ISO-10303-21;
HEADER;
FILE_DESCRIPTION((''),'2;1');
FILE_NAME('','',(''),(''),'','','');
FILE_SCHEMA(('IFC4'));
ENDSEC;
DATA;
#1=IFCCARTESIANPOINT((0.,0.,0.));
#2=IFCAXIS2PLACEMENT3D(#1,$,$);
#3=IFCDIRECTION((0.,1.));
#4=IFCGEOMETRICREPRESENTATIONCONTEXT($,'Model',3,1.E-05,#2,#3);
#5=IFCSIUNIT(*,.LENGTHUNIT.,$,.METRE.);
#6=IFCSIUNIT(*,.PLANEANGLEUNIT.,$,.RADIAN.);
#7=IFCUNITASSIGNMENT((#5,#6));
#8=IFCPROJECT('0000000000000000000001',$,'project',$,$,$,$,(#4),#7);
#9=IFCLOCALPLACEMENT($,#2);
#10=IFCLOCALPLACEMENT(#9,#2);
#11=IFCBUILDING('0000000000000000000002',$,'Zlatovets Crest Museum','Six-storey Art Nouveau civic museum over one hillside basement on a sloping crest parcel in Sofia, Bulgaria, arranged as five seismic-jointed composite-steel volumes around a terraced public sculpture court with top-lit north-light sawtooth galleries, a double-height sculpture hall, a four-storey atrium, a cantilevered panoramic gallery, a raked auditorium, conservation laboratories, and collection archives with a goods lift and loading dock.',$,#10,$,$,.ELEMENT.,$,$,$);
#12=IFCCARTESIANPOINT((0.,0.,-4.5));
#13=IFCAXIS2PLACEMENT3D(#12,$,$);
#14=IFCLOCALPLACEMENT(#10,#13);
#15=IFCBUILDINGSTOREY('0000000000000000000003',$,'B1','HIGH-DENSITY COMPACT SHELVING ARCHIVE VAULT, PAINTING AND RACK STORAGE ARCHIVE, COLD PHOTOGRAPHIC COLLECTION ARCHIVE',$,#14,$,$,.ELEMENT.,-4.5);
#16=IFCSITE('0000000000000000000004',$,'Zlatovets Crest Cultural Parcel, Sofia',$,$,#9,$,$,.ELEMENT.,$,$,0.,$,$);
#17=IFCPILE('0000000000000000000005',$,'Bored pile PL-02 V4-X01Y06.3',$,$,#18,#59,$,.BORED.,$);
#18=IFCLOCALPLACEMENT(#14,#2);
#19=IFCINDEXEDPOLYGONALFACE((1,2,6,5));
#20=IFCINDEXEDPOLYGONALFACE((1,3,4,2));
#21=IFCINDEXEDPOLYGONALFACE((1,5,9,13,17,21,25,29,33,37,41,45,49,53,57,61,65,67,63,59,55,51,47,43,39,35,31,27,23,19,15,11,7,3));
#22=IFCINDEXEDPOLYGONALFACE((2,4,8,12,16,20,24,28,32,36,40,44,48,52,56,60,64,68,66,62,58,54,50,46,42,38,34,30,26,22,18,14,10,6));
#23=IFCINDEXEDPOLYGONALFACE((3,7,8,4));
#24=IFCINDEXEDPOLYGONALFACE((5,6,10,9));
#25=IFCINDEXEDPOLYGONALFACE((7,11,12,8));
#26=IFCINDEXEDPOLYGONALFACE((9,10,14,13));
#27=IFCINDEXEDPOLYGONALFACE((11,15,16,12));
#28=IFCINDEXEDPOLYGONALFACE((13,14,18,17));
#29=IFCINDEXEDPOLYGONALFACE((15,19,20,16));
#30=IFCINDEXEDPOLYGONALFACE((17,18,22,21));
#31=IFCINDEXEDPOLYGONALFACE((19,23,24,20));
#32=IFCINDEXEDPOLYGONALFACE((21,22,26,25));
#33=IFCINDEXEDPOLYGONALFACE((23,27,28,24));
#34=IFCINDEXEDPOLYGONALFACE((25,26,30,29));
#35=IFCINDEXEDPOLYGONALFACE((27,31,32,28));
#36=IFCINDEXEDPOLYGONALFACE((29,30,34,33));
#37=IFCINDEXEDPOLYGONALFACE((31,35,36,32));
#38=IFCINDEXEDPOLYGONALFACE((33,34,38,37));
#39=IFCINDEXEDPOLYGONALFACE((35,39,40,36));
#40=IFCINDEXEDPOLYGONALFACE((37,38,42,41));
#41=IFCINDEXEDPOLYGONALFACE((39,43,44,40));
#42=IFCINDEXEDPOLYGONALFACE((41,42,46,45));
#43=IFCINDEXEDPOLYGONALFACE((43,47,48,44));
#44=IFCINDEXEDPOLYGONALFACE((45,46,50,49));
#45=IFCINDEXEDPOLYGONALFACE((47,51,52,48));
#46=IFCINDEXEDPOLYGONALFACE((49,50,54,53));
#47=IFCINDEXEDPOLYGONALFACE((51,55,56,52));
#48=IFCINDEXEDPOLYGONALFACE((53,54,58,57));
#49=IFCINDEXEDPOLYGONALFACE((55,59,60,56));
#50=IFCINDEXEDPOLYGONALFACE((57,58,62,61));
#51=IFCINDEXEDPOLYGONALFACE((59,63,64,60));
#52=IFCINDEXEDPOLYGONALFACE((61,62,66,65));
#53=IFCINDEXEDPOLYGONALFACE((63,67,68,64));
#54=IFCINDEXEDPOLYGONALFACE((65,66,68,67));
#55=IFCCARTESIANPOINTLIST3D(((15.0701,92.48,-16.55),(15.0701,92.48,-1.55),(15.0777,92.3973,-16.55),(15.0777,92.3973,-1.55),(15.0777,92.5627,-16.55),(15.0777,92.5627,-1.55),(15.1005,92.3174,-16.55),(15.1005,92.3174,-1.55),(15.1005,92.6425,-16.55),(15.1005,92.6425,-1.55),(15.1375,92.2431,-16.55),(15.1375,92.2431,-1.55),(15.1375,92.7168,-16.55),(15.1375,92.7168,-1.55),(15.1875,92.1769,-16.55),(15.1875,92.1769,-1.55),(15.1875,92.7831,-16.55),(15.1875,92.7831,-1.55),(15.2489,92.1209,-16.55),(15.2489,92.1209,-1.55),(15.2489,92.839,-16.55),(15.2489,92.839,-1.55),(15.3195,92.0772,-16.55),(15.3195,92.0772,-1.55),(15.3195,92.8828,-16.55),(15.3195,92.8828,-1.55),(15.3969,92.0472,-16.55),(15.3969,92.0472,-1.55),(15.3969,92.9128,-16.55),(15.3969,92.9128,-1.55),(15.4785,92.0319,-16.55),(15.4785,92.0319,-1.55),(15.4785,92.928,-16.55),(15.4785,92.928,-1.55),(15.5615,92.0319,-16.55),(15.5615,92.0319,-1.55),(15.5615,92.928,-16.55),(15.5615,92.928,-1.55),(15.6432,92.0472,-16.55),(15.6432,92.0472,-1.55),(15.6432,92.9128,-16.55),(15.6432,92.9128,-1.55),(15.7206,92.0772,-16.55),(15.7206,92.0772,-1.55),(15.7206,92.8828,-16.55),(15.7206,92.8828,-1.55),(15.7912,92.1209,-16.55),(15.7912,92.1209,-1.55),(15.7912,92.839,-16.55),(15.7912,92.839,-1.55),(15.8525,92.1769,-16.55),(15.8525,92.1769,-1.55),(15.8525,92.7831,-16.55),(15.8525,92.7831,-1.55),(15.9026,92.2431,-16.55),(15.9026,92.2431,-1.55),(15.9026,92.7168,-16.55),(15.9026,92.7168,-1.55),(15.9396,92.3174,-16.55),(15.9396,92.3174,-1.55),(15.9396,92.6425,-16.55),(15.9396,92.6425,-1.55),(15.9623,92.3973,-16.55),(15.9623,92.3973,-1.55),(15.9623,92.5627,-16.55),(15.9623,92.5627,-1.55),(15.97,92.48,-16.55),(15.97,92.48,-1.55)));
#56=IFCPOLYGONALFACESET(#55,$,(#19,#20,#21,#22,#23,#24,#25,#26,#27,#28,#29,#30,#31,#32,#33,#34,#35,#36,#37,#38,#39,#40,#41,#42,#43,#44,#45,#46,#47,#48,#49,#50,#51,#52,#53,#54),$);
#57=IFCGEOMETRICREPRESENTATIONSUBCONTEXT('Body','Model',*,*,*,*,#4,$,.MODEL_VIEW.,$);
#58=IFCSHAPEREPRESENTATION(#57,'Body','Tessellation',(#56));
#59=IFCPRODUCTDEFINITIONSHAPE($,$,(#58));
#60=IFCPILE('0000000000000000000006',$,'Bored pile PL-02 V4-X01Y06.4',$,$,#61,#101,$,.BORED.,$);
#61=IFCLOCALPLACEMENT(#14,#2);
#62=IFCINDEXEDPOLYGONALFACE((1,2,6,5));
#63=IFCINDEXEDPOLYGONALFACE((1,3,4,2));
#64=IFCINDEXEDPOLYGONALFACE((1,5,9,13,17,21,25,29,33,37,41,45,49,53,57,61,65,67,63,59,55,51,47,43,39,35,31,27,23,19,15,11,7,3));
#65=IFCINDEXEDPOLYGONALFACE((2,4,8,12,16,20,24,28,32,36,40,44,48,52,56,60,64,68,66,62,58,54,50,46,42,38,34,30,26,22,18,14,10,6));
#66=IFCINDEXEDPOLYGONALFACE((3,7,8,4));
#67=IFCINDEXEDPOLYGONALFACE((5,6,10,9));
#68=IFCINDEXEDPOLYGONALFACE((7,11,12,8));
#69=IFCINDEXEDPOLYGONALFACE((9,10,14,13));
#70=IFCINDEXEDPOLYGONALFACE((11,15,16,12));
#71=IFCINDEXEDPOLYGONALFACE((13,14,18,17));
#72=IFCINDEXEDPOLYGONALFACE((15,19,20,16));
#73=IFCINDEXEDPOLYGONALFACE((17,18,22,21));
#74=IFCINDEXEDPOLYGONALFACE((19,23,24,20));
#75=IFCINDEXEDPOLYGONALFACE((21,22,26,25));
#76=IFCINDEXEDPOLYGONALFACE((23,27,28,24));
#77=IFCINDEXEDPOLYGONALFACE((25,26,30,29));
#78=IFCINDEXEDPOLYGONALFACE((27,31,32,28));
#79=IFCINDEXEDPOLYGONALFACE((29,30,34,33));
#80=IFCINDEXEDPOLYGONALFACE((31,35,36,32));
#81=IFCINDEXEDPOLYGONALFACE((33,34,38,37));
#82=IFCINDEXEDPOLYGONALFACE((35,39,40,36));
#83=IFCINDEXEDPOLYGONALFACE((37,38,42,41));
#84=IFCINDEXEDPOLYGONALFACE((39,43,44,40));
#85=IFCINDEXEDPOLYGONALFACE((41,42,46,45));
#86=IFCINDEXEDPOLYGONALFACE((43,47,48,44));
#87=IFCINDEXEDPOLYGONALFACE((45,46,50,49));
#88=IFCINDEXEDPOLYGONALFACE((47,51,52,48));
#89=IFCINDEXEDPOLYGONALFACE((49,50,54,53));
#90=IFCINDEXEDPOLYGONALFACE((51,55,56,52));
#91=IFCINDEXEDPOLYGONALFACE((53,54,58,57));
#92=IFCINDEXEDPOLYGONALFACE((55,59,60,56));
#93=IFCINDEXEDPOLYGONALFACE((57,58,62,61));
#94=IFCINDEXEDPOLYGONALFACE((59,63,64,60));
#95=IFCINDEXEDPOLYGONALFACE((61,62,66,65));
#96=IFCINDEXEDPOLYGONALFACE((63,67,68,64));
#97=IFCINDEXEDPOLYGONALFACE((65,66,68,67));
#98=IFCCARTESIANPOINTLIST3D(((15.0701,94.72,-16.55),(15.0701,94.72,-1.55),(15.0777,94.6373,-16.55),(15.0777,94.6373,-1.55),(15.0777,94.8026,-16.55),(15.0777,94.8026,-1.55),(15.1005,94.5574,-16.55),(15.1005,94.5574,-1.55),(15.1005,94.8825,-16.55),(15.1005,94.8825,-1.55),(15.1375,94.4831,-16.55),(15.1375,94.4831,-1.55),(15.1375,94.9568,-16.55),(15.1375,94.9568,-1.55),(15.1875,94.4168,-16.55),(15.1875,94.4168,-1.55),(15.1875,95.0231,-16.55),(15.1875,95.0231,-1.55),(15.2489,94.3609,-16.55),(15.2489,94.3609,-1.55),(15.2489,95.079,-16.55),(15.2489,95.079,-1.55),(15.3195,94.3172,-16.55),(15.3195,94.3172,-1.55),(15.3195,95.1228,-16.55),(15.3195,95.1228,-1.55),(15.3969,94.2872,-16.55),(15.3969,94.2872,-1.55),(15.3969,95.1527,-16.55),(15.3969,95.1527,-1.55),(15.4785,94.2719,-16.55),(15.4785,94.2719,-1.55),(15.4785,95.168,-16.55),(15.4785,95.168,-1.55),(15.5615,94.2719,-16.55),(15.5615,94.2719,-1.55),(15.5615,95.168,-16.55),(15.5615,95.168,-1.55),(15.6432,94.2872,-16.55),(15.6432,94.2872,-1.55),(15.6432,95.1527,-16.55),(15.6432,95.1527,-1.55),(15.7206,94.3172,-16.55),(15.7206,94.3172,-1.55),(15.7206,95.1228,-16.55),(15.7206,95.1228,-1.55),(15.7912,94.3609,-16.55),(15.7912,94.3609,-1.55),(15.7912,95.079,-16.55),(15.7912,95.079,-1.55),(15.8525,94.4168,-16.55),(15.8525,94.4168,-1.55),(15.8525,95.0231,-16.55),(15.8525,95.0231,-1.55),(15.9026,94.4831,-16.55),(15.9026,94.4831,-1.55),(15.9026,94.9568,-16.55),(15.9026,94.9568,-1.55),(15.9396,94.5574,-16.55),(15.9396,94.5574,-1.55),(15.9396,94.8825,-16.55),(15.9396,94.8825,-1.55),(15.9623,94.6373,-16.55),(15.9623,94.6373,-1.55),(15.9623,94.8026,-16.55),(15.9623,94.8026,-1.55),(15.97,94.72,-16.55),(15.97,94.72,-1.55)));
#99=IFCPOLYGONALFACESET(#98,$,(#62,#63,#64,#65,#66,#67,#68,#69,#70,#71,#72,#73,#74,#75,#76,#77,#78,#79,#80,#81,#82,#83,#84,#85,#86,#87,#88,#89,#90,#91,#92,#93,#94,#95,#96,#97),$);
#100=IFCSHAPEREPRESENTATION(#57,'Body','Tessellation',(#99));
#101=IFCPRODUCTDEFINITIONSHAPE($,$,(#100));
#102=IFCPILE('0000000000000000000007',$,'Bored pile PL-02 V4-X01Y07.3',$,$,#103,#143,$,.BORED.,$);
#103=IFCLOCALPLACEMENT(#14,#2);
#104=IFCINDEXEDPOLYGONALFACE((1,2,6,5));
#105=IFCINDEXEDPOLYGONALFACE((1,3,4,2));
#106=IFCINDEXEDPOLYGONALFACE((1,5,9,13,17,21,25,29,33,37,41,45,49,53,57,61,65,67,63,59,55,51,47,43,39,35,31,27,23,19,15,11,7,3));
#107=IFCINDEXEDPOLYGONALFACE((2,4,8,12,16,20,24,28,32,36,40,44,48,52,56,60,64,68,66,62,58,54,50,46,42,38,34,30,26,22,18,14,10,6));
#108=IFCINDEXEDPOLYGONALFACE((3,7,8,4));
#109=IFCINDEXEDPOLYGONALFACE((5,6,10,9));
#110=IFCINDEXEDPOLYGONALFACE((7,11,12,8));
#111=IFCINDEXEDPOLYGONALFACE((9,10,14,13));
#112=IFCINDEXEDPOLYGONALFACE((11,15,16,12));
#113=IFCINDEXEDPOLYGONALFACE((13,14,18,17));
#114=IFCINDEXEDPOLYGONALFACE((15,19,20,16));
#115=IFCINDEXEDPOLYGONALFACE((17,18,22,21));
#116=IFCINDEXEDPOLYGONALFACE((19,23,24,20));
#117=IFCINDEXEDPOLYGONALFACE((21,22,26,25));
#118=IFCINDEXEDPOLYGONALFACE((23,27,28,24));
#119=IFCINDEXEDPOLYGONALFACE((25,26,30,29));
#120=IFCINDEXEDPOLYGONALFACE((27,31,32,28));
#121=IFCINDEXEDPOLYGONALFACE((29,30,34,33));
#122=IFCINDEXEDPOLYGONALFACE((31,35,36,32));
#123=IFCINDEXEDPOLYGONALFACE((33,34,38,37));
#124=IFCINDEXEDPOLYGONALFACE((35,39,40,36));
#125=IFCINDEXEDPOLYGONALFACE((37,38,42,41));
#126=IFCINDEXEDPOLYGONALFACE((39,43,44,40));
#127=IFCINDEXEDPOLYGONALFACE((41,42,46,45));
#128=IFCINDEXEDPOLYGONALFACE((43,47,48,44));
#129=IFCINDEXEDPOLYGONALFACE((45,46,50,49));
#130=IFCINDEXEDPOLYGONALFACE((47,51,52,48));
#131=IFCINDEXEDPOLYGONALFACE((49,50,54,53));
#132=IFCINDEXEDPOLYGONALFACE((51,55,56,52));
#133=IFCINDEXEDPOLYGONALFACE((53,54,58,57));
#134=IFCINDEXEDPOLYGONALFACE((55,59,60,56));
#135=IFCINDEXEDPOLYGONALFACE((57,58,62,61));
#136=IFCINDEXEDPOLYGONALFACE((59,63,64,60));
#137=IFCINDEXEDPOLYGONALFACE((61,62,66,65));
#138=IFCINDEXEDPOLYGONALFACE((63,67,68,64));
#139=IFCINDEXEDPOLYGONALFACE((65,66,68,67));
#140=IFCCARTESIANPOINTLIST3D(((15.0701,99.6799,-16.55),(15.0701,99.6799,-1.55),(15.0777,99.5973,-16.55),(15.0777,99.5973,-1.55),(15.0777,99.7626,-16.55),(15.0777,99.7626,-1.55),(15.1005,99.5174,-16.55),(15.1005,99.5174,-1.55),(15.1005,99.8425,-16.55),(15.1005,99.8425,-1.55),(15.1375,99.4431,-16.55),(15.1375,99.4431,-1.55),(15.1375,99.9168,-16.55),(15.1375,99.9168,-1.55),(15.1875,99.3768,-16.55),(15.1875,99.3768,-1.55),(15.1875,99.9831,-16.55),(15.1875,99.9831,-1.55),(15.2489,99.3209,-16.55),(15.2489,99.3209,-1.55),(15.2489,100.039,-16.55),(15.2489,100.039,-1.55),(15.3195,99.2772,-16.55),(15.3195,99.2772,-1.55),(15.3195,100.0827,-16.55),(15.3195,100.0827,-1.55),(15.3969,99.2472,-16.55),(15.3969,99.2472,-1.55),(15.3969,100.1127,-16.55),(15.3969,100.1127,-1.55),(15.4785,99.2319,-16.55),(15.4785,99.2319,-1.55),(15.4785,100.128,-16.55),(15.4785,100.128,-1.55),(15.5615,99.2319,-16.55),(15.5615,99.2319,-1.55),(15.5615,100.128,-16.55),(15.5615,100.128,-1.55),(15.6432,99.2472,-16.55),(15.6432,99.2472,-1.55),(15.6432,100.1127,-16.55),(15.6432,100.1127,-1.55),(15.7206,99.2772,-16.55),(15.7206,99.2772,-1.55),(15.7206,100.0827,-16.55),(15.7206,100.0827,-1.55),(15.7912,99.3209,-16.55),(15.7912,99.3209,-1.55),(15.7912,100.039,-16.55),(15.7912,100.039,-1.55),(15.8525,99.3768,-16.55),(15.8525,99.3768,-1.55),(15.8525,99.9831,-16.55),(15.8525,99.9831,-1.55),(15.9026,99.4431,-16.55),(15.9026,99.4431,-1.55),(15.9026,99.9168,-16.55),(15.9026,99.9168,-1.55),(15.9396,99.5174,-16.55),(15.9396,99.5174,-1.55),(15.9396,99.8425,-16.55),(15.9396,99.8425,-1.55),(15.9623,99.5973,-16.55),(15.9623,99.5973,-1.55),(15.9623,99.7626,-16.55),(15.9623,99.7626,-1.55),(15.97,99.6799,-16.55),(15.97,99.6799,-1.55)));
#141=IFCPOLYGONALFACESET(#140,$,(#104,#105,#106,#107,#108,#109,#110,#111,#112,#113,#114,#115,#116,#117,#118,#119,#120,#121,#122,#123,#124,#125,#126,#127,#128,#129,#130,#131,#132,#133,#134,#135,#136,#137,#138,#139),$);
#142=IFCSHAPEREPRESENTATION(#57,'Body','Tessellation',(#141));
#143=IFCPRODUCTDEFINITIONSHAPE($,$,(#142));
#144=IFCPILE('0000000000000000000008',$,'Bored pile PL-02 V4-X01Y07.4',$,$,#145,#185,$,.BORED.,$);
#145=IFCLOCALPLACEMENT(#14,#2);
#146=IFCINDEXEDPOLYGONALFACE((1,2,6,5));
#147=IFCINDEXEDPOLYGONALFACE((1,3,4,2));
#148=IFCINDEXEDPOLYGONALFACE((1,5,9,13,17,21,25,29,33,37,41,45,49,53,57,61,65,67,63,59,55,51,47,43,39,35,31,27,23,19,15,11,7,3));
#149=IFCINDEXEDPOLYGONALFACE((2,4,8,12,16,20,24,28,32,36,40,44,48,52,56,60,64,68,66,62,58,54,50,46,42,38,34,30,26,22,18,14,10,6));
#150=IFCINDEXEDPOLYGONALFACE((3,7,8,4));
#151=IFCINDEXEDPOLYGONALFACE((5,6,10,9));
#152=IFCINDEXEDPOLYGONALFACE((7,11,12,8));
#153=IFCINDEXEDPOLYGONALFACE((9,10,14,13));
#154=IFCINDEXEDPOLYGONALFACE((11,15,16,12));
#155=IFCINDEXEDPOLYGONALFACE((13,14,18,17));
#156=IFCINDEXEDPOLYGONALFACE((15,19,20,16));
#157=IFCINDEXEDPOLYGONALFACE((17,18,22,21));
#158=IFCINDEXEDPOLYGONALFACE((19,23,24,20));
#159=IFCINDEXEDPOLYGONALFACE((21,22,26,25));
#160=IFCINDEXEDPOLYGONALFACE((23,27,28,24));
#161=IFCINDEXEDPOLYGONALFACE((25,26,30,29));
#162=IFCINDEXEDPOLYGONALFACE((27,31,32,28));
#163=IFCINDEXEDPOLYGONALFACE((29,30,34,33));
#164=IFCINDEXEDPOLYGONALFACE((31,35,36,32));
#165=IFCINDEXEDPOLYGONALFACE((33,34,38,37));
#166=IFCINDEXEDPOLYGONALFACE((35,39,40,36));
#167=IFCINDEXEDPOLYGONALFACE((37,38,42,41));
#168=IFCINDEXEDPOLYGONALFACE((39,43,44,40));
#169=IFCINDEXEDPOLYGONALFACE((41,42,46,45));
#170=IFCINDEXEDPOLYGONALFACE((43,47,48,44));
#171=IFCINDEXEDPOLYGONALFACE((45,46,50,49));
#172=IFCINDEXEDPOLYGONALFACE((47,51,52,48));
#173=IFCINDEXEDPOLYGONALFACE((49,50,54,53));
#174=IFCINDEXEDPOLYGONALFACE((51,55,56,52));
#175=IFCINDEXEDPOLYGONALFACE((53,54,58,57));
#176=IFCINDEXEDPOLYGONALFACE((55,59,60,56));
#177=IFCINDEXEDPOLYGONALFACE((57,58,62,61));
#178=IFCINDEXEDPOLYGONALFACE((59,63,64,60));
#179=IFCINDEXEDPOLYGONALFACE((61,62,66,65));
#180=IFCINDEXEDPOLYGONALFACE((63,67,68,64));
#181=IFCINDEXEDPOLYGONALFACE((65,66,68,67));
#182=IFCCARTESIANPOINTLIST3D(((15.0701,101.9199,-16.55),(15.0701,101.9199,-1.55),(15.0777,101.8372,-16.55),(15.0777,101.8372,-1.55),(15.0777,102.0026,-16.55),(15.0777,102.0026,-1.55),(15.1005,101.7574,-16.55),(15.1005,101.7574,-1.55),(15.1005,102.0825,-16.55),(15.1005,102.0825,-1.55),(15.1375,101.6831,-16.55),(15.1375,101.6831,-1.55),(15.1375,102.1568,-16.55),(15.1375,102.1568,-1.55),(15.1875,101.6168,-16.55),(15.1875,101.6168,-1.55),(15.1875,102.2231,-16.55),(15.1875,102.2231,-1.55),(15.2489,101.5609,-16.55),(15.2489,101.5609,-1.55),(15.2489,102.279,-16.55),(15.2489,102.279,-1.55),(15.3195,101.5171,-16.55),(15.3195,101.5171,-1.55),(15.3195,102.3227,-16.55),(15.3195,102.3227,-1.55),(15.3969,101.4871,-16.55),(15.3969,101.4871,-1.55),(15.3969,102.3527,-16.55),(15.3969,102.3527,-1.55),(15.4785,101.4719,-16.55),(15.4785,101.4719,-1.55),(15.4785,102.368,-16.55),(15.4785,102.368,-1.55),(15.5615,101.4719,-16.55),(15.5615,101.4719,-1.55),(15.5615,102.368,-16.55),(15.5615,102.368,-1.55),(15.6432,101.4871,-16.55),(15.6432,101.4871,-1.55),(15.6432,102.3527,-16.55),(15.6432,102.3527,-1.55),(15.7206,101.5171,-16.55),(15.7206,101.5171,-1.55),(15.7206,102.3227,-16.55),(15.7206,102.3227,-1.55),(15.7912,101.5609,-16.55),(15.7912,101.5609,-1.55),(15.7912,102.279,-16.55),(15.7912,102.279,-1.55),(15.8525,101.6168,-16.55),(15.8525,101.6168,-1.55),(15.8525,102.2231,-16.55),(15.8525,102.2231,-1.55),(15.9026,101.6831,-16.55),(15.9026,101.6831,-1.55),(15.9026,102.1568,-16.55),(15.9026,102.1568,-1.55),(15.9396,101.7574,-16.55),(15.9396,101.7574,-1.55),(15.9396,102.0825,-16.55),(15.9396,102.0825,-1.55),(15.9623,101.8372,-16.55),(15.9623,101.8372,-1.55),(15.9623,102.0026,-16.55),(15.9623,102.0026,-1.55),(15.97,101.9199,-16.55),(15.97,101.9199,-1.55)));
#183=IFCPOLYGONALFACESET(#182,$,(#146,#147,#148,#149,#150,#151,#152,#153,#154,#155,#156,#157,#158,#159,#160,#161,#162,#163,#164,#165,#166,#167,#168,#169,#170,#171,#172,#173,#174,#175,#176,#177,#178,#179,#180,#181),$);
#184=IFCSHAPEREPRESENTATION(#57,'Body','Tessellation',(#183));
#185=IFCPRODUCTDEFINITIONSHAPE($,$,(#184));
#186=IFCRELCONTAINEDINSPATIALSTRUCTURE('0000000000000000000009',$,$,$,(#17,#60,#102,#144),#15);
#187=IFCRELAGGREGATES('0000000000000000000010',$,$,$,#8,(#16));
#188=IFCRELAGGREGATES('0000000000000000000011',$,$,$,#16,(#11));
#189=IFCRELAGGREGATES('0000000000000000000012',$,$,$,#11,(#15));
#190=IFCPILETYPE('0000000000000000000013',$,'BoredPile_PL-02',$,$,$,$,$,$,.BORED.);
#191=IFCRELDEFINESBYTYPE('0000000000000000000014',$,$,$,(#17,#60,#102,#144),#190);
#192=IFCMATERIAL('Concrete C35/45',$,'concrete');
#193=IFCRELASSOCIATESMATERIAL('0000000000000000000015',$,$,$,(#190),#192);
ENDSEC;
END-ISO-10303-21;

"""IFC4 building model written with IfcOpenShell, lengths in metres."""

from ifc_helpers import new_model, si_unit, direction, frame, origin, origin_2d, place, context, subcontext, project, spatial, circle, extrude, material, material_profile, profile_set, type_object, element, save


model = new_model("IFC4")

# Units and contexts
model_context = context("Model", 3, precision=1e-05, world=origin(), true_north=direction((0.0, 1.0)))
body_context = subcontext(model_context, "Body", "Model", "MODEL_VIEW")
ifc_project = project(units=[si_unit("LENGTHUNIT", "METRE"), si_unit("PLANEANGLEUNIT", "RADIAN")], contexts=[model_context])

# Site, building, storey
site_placement = place(None, origin())
site = spatial("IfcSite", under=ifc_project, at=site_placement, Name="Zlatovets Crest Cultural Parcel, Sofia", CompositionType="ELEMENT", RefElevation=0.0)
building_placement = place(site_placement, origin())
building = spatial("IfcBuilding", under=site, at=building_placement, Name="Zlatovets Crest Museum", Description="Six-storey Art Nouveau civic museum over one hillside basement on a sloping crest parcel in Sofia, Bulgaria, arranged as five seismic-jointed composite-steel volumes around a terraced public sculpture court with top-lit north-light sawtooth galleries, a double-height sculpture hall, a four-storey atrium, a cantilevered panoramic gallery, a raked auditorium, conservation laboratories, and collection archives with a goods lift and loading dock.", CompositionType="ELEMENT")
storey_placement = place(building_placement, frame((0.0, 0.0, -4.5)))
storey = spatial("IfcBuildingStorey", under=building, at=storey_placement, Name="B1", Description="HIGH-DENSITY COMPACT SHELVING ARCHIVE VAULT, PAINTING AND RACK STORAGE ARCHIVE, COLD PHOTOGRAPHIC COLLECTION ARCHIVE", CompositionType="ELEMENT", Elevation=-4.5)

# Piles
ifc_material = material(Name="Concrete C35/45", Category="concrete")
ifc_material_profile_1 = material_profile(ifc_material, circle(Radius=0.45, at=origin_2d()), Name="PILE D900")
ifc_profile_set_1 = profile_set([ifc_material_profile_1], Name="Concrete C35/45")
pile_type = type_object("IfcPileType", Name="BoredPile_PL-02", PredefinedType="BORED", material=ifc_profile_set_1)
for number, where, z_axis, x_axis, name in (
    (1, (15.52, 92.48, -1.55), (0.0, 0.0, -1.0), (1.0, 0.0, 0.0), "Bored pile PL-02 V4-X01Y06.3"),
    (2, (15.52, 94.72, -1.55), (0.0, 0.0, -1.0), (1.0, 0.0, 0.0), "Bored pile PL-02 V4-X01Y06.4"),
    (3, (15.52, 99.6799, -1.55), (0.0, 0.0, -1.0), (1.0, 0.0, 0.0), "Bored pile PL-02 V4-X01Y07.3"),
    (4, (15.52, 101.9199, -1.55), (0.0, 0.0, -1.0), (1.0, 0.0, 0.0), "Bored pile PL-02 V4-X01Y07.4"),
):
    element("IfcPile", number, at=place(storey_placement, frame(where, z_axis=z_axis, x_axis=x_axis)), inside=storey, type_object=pile_type, Name=name, PredefinedType="BORED", context=body_context, shape_type="SweptSolid", body=[
        extrude(circle(Radius=0.45, at=origin_2d()), origin(), (0.0, 0.0, 1.0), 15.0),
    ])

save(model, "model.ifc")
